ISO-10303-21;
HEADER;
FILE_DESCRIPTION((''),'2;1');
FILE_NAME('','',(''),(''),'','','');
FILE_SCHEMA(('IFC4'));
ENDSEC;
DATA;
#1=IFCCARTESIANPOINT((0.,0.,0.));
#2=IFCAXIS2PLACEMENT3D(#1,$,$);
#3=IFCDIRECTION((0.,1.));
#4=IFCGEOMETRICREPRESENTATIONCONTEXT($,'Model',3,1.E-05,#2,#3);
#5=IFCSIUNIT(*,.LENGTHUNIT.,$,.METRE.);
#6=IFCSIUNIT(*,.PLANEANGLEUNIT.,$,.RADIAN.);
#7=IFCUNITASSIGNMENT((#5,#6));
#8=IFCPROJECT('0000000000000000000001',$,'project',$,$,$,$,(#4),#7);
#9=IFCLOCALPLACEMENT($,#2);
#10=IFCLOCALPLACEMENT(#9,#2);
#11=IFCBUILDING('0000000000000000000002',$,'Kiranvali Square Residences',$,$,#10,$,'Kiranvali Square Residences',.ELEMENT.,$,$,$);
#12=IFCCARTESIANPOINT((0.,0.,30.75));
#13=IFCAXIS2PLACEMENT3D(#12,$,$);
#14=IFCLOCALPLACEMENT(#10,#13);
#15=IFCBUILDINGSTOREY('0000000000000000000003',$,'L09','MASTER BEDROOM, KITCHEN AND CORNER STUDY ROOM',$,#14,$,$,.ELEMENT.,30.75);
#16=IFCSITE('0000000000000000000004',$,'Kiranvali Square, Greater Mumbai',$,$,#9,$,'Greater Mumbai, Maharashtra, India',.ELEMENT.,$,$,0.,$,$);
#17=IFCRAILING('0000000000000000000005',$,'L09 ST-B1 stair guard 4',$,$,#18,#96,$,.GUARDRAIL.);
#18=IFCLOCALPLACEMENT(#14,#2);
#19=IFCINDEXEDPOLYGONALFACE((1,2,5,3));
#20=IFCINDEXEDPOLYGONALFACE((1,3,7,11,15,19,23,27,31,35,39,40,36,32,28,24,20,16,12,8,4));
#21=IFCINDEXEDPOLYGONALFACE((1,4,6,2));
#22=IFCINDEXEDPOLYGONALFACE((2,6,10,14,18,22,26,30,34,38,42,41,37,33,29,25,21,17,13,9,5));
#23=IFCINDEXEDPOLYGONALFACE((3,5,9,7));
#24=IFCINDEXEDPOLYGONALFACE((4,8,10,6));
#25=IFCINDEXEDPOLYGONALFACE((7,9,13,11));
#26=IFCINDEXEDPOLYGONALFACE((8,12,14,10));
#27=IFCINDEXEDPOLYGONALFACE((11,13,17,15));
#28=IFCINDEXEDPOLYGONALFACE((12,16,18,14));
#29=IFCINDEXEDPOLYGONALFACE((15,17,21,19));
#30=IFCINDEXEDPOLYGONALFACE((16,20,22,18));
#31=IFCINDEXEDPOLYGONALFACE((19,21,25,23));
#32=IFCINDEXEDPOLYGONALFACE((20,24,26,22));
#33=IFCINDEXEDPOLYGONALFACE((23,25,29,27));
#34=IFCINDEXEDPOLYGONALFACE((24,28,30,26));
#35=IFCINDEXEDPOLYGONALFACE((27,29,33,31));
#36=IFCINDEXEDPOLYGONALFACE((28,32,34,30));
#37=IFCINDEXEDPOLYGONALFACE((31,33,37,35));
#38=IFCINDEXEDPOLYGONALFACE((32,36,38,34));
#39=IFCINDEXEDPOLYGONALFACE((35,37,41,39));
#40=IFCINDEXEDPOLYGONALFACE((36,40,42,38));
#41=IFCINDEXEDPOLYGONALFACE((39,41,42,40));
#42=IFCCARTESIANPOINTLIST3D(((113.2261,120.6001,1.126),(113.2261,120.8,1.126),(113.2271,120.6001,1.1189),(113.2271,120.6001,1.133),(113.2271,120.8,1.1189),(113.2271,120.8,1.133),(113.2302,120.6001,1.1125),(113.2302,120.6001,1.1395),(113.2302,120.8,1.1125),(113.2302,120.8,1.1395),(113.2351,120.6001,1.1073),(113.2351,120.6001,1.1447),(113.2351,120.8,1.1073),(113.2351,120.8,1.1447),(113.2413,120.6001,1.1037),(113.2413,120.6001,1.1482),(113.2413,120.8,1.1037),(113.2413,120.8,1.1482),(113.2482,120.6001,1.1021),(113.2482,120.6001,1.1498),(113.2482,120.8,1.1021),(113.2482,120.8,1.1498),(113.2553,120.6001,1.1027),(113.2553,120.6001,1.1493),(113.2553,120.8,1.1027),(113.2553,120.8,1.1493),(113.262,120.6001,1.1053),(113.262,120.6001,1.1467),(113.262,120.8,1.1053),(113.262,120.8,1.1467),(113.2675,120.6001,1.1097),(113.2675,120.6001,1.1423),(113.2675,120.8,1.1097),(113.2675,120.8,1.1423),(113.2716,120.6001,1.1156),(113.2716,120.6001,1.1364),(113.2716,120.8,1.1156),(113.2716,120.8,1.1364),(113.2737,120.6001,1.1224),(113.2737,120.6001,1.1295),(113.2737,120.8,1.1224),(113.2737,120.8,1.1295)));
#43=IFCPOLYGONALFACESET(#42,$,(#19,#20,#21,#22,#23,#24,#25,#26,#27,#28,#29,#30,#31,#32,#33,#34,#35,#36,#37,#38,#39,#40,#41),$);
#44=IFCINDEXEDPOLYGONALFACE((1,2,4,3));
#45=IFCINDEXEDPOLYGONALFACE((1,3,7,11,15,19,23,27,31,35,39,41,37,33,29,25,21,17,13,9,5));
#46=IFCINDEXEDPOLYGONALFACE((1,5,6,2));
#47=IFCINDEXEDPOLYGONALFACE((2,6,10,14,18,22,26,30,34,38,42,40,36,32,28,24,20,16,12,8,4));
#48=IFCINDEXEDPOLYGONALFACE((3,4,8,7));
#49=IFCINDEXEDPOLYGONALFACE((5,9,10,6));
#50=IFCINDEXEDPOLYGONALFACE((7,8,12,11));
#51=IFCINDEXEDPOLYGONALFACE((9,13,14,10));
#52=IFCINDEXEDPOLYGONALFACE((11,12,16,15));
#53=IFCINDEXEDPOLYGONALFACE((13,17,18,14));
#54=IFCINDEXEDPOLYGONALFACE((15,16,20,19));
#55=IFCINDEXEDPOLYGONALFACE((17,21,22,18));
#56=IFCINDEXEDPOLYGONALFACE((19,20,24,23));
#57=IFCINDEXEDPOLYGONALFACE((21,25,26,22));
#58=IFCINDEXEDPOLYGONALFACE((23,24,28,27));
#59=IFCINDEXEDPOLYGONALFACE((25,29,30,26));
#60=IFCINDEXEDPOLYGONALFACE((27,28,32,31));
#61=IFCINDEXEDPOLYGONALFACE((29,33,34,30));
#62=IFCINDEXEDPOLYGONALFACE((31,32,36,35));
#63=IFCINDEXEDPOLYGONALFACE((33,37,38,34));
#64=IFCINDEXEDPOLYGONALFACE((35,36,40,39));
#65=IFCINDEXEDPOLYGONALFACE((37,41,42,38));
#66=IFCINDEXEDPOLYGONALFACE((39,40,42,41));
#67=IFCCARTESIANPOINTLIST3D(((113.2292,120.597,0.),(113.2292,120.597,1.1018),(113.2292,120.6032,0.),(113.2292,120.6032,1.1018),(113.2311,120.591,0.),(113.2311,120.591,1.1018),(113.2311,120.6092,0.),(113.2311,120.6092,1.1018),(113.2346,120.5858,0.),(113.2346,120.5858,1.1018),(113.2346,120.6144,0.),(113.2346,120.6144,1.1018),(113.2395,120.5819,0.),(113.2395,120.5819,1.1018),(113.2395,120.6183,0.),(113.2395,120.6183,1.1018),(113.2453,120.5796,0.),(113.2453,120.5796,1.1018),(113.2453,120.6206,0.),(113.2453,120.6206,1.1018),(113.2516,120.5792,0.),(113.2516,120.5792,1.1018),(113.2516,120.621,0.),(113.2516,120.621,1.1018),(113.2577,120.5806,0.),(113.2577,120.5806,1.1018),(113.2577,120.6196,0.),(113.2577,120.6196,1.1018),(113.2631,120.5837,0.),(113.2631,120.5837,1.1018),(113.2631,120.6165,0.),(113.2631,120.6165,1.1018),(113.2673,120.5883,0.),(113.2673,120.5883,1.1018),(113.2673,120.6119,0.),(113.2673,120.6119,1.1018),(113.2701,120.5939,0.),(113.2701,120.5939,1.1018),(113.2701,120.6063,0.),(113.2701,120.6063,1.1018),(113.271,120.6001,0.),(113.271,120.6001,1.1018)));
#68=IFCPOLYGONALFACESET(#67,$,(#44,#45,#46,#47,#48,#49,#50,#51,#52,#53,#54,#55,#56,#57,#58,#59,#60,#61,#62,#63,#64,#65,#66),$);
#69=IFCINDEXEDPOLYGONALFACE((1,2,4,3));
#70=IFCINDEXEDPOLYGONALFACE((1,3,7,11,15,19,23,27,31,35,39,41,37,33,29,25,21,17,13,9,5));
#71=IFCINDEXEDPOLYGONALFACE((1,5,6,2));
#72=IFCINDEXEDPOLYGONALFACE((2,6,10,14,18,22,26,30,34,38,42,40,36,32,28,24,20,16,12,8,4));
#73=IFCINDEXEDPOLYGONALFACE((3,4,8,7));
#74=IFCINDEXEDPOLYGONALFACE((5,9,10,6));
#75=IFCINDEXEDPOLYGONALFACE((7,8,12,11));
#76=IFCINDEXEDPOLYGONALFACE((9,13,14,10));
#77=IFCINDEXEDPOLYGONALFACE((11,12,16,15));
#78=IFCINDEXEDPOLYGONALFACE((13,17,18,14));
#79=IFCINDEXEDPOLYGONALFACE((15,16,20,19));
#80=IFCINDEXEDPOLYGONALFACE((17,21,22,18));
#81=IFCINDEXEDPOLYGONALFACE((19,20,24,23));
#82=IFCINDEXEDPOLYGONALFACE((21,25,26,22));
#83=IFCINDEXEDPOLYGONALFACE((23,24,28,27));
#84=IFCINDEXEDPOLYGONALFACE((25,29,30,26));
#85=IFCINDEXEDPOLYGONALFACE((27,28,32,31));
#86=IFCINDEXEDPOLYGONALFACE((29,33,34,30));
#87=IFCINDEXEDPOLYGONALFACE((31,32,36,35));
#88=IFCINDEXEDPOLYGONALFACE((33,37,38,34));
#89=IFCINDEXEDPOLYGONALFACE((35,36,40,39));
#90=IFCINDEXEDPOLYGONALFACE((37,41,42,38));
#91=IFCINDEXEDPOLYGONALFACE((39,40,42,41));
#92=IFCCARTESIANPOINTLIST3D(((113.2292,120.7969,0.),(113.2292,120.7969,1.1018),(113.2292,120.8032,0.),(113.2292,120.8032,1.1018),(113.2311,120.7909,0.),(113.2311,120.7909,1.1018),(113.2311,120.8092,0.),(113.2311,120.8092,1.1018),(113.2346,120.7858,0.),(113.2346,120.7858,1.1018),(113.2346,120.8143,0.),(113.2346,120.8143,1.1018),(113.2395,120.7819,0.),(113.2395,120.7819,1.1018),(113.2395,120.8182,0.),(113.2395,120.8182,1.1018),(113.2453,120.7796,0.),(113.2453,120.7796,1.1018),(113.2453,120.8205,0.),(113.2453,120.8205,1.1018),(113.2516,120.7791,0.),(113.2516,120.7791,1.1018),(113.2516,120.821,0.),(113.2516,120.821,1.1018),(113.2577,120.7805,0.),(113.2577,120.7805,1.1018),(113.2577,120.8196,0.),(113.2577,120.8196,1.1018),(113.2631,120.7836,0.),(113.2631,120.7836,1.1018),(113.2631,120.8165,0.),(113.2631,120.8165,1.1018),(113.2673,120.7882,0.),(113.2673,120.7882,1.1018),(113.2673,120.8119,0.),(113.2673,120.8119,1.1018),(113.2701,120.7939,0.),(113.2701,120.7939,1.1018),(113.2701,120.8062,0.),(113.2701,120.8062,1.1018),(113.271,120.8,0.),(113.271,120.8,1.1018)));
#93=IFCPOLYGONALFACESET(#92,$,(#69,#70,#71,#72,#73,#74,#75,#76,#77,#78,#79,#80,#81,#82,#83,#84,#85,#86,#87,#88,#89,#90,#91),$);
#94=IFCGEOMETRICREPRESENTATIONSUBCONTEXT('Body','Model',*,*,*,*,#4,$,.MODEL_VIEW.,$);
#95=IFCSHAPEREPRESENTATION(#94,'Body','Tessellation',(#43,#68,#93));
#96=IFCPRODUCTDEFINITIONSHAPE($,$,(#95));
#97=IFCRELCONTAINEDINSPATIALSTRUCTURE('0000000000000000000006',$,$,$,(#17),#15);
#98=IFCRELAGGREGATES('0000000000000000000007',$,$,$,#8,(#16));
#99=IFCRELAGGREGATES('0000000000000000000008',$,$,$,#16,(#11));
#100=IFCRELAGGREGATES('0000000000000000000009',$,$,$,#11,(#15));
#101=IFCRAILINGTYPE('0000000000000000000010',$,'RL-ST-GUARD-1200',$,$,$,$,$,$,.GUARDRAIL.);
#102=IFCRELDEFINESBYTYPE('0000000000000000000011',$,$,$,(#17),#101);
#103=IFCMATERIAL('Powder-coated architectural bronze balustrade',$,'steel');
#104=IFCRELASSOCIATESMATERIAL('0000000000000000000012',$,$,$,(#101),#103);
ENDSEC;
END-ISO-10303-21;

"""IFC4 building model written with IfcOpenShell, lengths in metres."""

from ifc_helpers import new_model, si_unit, direction, frame, origin, origin_2d, place, context, subcontext, project, spatial, circle, extrude, material, type_object, element, save


model = new_model("IFC4")

# Units and contexts
model_context = context("Model", 3, precision=1e-05, world=origin(), true_north=direction((0.0, 1.0)))
body_context = subcontext(model_context, "Body", "Model", "MODEL_VIEW")
ifc_project = project(units=[si_unit("LENGTHUNIT", "METRE"), si_unit("PLANEANGLEUNIT", "RADIAN")], contexts=[model_context])

# Site, building, storey
site_placement = place(None, origin())
site = spatial("IfcSite", under=ifc_project, at=site_placement, Name="Kiranvali Square, Greater Mumbai", LongName="Greater Mumbai, Maharashtra, India", CompositionType="ELEMENT", RefElevation=0.0)
building_placement = place(site_placement, origin())
building = spatial("IfcBuilding", under=site, at=building_placement, Name="Kiranvali Square Residences", LongName="Kiranvali Square Residences", CompositionType="ELEMENT")
storey_placement = place(building_placement, frame((0.0, 0.0, 30.75)))
storey = spatial("IfcBuildingStorey", under=building, at=storey_placement, Name="L09", Description="MASTER BEDROOM, KITCHEN AND CORNER STUDY ROOM", CompositionType="ELEMENT", Elevation=30.75)

# Railing
ifc_material_1 = material(Name="Powder-coated architectural bronze balustrade", Category="steel")
railing_type_1 = type_object("IfcRailingType", Name="RL-ST-GUARD-1200", PredefinedType="GUARDRAIL", material=ifc_material_1)
railing_1_placement = place(storey_placement, frame((113.25, 120.6001, 0.0)))
element("IfcRailing", 1, at=railing_1_placement, inside=storey, type_object=railing_type_1, Name="L09 ST-B1 stair guard 4", PredefinedType="GUARDRAIL", context=body_context, shape_type="SweptSolid", body=[
    extrude(circle(Radius=0.0239, at=origin_2d()), frame((0.0, 0.0, 1.126), z_axis=(0.0, 1.0, 0.0), x_axis=(-1.0, 0.0, 0.0)), (0.0, 0.0, 1.0), 0.2),
    extrude(circle(Radius=0.021, at=origin_2d()), origin(), (0.0, 0.0, 1.0), 1.1018),
    extrude(circle(Radius=0.021, at=origin_2d()), frame((0.0, 0.2, 0.0)), (0.0, 0.0, 1.0), 1.1018),
])

save(model, "model.ifc")
